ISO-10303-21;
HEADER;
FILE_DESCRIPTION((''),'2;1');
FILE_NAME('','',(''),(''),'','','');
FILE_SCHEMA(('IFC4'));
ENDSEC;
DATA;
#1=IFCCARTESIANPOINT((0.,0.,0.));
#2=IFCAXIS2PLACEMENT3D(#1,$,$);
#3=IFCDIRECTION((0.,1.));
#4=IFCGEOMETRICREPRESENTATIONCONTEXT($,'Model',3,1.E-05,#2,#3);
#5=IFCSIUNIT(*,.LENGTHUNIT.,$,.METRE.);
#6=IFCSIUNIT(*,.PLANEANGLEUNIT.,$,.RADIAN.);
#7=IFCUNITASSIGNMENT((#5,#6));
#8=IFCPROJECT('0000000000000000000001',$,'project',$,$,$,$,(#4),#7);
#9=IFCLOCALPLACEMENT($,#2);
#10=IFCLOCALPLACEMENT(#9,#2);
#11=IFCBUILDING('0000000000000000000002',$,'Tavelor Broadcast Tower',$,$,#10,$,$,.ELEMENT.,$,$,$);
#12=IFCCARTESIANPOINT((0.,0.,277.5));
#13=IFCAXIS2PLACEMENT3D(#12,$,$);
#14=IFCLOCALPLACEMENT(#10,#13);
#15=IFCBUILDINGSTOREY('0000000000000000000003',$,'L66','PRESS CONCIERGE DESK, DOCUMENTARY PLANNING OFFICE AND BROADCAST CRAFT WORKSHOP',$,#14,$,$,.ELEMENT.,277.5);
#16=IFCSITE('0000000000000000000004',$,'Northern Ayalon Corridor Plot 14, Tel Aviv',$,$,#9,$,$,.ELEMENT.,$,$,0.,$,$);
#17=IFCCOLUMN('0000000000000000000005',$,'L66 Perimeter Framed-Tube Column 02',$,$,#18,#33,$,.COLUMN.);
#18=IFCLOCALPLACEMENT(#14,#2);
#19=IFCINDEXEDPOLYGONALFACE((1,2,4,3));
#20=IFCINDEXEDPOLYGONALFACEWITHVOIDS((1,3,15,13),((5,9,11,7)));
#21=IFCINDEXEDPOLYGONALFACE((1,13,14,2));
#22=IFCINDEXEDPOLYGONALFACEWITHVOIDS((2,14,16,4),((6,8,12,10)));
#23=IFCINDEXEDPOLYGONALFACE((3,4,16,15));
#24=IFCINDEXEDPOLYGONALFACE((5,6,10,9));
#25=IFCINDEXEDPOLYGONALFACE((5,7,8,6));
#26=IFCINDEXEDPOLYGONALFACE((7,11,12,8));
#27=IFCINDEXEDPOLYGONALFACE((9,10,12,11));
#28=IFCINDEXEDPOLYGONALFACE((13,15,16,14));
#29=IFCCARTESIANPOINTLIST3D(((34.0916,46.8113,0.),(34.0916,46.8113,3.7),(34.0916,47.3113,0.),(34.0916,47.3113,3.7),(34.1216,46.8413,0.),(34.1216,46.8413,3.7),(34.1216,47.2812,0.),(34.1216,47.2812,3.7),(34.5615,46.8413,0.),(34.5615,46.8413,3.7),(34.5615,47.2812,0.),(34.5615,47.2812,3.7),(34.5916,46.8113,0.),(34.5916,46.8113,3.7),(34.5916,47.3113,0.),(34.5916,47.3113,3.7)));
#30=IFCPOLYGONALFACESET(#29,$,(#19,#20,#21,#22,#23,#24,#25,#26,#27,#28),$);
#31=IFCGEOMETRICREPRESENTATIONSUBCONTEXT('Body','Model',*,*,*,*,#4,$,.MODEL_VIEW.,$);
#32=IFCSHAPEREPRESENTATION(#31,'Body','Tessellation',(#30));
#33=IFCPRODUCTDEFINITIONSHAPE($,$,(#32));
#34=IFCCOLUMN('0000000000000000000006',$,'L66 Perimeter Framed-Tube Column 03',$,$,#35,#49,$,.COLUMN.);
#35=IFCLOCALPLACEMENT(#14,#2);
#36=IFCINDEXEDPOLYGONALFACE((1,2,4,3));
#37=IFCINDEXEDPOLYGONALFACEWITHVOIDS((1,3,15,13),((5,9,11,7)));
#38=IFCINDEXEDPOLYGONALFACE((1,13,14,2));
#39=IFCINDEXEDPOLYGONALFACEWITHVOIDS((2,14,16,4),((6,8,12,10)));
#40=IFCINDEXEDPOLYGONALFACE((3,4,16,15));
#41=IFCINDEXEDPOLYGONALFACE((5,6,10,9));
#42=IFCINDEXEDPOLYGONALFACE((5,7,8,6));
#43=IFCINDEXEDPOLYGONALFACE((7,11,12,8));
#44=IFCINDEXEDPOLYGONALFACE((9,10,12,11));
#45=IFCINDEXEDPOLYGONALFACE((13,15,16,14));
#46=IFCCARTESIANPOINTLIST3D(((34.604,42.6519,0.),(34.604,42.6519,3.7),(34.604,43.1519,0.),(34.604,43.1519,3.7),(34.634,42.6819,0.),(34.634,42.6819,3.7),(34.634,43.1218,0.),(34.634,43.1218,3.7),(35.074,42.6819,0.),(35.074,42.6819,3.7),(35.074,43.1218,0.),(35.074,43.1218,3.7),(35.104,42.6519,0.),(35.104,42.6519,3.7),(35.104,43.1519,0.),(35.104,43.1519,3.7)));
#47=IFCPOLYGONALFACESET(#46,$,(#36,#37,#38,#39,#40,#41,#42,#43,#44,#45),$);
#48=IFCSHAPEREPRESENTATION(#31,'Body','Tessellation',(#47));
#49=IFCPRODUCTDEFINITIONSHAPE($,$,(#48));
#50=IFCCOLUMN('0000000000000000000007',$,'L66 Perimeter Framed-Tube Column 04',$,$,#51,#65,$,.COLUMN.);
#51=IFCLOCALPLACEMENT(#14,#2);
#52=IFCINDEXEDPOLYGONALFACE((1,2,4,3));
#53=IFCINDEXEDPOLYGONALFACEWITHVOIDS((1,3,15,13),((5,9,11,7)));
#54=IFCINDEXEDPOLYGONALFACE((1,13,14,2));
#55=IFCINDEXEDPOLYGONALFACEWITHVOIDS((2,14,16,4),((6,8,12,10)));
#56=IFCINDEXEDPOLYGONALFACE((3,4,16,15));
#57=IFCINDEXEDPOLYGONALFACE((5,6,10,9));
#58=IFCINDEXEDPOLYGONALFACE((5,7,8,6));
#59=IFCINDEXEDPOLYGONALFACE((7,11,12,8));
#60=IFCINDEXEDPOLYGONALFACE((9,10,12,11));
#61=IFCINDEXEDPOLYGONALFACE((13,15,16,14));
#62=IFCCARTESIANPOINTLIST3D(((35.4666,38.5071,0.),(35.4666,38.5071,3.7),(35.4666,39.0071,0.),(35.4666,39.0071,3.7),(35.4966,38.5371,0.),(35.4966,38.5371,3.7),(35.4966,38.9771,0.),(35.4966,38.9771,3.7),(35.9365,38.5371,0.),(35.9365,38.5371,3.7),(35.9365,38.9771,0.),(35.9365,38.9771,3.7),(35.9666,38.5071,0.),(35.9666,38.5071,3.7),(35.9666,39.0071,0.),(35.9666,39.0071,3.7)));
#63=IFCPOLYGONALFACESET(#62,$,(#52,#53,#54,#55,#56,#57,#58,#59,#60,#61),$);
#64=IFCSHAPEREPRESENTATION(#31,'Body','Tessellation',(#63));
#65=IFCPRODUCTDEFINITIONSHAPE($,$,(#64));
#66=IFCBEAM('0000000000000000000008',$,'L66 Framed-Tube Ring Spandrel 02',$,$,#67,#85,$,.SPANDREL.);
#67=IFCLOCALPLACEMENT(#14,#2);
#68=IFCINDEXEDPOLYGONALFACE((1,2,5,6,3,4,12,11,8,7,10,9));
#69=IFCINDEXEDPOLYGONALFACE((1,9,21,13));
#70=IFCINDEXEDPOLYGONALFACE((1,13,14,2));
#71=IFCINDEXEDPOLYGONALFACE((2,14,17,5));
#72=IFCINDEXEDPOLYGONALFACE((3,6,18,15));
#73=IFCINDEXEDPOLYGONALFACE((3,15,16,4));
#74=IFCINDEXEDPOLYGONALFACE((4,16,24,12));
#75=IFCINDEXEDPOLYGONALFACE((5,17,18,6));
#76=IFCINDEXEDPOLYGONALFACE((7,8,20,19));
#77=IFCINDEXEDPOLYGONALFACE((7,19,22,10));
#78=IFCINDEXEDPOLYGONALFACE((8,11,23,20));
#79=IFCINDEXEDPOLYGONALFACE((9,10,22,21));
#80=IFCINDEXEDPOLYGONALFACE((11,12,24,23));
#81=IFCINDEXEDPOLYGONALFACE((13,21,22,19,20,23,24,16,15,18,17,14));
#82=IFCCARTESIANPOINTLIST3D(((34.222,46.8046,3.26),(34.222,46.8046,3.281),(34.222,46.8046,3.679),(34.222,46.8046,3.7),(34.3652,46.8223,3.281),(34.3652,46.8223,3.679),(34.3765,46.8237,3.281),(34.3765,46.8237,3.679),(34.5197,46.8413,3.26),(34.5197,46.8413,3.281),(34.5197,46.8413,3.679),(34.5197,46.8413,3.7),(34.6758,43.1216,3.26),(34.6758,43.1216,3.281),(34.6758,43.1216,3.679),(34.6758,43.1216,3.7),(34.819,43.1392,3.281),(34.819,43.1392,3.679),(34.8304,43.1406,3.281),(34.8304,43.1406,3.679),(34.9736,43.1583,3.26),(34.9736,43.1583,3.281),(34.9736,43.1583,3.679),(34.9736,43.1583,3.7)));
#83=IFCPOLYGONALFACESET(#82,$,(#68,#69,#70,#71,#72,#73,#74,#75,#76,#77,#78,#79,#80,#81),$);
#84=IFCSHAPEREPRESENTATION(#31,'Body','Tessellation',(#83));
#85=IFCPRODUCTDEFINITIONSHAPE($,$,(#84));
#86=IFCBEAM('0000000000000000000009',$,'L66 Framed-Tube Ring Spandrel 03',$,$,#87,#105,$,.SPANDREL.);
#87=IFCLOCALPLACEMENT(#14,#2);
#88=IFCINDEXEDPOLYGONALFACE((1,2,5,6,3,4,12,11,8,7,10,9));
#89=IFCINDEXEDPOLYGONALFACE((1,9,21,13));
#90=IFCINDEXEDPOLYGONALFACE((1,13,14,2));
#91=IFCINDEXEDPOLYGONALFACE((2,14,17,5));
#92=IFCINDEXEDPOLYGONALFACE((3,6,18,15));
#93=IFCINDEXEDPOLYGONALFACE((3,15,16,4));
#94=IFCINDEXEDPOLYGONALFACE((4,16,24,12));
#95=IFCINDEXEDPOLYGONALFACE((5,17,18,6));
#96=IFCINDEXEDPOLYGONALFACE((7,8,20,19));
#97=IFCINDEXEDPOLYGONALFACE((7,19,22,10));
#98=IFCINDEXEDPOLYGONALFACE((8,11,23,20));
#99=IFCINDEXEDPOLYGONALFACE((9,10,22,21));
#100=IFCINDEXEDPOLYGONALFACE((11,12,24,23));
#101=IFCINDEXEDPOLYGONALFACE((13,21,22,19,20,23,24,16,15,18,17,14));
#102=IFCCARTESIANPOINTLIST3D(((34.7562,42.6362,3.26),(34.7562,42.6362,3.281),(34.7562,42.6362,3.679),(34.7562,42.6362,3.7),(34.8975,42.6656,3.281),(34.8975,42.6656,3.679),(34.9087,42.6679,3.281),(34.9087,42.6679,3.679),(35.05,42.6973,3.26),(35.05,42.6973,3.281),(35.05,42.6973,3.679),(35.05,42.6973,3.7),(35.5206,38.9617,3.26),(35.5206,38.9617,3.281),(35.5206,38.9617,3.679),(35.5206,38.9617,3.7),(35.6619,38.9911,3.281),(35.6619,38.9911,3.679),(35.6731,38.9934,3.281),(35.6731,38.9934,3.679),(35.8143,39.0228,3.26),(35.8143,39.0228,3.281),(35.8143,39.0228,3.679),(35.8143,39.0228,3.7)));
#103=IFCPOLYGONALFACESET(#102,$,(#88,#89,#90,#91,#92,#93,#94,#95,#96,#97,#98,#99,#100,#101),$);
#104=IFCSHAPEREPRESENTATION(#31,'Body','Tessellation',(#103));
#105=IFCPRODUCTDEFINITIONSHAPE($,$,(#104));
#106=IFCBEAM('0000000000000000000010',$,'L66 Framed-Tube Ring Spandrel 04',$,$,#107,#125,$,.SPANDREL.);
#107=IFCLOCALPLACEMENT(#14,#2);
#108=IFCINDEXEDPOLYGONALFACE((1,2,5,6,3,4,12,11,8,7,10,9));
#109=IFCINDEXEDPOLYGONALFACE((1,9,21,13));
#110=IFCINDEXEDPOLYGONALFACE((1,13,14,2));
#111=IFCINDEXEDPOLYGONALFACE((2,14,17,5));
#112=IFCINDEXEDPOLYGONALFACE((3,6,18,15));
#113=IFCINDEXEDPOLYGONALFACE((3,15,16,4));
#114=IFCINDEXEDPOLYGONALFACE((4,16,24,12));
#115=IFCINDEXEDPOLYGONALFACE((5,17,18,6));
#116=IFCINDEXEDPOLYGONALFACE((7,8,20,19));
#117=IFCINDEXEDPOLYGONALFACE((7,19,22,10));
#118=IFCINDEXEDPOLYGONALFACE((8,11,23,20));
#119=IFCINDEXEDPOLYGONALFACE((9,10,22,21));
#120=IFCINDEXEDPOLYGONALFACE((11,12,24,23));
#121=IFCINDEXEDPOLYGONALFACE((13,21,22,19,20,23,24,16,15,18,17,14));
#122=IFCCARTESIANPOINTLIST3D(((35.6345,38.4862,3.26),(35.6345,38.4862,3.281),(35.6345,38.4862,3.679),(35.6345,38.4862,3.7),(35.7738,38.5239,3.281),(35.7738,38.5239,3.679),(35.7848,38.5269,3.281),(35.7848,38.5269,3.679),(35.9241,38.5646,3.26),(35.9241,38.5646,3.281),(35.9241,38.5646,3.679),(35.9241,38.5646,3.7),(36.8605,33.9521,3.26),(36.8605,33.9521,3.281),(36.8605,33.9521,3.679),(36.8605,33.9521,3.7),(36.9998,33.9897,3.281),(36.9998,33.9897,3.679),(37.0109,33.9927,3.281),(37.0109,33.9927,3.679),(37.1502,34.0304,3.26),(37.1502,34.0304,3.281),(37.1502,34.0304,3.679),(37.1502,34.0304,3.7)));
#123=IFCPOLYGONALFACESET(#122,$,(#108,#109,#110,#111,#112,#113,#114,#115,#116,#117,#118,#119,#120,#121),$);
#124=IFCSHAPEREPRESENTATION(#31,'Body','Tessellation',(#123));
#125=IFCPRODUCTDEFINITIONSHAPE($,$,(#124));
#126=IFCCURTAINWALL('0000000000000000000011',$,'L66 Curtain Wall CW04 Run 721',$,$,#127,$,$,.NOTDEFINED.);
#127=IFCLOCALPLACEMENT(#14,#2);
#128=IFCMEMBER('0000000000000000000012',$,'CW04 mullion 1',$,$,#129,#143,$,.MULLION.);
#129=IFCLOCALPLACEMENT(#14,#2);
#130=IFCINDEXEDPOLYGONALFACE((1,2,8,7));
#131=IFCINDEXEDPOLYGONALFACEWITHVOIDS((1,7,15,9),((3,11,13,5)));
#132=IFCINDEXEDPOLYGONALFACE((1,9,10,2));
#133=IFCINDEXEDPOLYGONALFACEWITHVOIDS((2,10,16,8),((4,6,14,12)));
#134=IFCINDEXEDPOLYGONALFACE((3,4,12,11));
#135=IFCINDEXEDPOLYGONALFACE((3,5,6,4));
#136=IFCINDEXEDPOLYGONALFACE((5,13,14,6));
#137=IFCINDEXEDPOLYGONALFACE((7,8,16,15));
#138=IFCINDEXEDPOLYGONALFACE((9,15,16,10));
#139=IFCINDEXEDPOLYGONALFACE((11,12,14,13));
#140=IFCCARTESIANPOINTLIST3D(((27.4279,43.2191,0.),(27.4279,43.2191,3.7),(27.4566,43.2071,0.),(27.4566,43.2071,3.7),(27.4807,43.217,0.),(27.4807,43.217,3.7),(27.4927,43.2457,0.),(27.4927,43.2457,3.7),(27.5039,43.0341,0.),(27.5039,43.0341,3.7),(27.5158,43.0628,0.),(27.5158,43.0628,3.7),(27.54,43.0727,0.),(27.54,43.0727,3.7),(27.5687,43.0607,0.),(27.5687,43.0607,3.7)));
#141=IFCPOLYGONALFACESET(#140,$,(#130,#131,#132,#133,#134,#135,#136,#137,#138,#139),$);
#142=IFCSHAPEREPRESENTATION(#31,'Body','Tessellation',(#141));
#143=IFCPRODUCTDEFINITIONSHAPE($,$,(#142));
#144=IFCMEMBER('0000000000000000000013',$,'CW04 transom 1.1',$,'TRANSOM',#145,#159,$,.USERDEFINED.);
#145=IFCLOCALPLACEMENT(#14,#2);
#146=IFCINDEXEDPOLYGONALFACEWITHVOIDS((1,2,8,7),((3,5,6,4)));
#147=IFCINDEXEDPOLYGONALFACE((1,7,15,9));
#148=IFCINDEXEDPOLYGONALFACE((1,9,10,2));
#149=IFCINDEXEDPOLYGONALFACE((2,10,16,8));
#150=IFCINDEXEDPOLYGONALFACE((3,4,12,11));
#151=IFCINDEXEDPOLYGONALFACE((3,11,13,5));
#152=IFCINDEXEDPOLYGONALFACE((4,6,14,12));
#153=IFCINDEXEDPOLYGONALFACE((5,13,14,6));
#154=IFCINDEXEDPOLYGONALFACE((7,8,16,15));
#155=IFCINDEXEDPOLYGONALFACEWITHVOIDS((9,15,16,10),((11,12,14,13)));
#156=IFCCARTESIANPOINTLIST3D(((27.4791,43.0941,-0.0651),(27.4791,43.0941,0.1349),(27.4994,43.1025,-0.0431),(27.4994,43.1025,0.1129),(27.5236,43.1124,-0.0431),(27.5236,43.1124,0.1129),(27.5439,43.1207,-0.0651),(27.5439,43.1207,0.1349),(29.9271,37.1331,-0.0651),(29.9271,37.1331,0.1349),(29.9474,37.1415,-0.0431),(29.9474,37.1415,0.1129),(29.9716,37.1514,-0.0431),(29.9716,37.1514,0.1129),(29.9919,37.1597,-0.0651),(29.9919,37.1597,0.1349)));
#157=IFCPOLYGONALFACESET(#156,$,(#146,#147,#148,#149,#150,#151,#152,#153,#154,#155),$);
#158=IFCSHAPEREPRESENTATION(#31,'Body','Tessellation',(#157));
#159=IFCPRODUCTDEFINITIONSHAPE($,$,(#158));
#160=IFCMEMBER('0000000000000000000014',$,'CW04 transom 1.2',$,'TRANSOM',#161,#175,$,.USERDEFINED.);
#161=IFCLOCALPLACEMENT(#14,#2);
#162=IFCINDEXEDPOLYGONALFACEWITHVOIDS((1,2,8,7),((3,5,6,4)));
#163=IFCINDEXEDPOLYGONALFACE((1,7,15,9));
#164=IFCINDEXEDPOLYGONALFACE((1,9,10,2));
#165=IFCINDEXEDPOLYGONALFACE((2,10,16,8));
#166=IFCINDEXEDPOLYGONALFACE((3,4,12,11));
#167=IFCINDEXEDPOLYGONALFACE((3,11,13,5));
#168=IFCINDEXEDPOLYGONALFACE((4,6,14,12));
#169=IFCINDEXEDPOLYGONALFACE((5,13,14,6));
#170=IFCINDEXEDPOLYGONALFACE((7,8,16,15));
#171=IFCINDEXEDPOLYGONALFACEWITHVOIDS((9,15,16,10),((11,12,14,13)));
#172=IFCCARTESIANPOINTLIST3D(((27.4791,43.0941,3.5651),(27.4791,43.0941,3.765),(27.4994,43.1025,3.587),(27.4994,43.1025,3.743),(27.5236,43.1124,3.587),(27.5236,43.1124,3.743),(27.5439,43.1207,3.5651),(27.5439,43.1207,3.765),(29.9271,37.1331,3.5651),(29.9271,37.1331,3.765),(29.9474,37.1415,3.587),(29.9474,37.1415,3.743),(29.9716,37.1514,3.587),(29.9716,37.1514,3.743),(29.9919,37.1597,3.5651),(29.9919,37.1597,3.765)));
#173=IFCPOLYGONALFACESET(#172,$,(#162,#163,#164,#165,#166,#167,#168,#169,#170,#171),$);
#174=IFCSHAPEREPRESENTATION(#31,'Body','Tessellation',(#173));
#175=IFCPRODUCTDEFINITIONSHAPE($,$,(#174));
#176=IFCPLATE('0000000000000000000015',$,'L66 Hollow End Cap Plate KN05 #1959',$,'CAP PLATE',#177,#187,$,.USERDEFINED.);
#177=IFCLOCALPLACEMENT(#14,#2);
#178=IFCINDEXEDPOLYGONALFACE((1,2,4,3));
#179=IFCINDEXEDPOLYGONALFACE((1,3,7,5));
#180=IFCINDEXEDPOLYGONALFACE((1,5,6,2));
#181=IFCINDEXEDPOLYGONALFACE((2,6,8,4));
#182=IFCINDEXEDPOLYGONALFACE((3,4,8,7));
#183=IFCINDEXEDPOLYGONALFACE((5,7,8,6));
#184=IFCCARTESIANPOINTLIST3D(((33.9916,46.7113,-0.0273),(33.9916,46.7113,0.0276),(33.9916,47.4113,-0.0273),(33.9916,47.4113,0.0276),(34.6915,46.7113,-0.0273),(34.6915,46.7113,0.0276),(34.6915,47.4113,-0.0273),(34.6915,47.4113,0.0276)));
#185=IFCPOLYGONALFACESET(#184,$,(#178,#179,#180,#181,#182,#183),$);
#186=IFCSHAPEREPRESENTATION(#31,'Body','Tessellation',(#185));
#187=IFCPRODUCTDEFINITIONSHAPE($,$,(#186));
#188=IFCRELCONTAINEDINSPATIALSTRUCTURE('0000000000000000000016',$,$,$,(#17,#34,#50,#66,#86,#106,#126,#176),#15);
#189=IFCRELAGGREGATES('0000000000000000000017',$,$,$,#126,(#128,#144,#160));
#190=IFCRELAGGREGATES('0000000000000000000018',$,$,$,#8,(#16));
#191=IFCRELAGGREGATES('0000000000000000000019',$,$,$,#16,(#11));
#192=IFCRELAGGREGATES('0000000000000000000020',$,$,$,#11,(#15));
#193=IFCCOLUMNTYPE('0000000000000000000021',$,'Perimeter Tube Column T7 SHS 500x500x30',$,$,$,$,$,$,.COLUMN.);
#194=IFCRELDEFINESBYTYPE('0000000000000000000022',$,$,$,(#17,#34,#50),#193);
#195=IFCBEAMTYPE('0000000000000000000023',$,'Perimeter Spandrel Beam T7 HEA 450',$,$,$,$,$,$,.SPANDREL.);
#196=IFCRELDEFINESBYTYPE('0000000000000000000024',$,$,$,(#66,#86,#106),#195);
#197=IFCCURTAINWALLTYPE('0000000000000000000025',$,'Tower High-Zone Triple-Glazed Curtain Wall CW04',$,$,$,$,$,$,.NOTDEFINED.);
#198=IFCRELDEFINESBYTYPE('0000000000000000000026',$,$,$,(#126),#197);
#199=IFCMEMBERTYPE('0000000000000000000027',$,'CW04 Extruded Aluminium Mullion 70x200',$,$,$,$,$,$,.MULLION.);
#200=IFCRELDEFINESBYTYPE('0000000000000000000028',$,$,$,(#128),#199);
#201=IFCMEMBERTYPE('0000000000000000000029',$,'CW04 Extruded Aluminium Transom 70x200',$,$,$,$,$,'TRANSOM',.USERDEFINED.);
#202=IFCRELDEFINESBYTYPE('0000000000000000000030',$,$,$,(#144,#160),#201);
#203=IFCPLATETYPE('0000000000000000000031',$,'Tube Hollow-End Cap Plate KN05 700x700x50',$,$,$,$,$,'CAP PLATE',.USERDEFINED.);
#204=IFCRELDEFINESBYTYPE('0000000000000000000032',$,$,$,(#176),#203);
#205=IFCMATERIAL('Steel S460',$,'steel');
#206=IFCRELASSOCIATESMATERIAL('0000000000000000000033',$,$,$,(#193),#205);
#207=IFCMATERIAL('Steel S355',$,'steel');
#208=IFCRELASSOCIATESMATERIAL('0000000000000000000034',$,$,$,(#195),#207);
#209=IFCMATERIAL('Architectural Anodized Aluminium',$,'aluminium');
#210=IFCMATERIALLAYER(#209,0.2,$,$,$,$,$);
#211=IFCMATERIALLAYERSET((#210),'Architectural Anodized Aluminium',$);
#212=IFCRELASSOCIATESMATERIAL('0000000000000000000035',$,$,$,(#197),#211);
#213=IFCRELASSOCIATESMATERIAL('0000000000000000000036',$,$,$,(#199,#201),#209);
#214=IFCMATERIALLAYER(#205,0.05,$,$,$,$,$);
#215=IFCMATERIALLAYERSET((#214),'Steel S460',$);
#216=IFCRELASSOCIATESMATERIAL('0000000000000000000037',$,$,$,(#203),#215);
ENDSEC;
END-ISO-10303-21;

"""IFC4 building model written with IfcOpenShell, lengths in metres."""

from ifc_helpers import new_model, si_unit, direction, frame, origin, origin_2d, place, context, subcontext, project, spatial, rectangle, hollow_rectangle, i_section, extrude, source, transform, mapped, material, layer, layer_set, material_profile, profile_set, type_object, type_shapes, element, aggregate, save


model = new_model("IFC4")

# Units and contexts
model_context = context("Model", 3, precision=1e-05, world=origin(), true_north=direction((0.0, 1.0)))
body_context = subcontext(model_context, "Body", "Model", "MODEL_VIEW")
ifc_project = project(units=[si_unit("LENGTHUNIT", "METRE"), si_unit("PLANEANGLEUNIT", "RADIAN")], contexts=[model_context])

# Site, building, storey
site_placement = place(None, origin())
site = spatial("IfcSite", under=ifc_project, at=site_placement, Name="Northern Ayalon Corridor Plot 14, Tel Aviv", CompositionType="ELEMENT", RefElevation=0.0)
building_placement = place(site_placement, origin())
building = spatial("IfcBuilding", under=site, at=building_placement, Name="Tavelor Broadcast Tower", CompositionType="ELEMENT")
storey_placement = place(building_placement, frame((0.0, 0.0, 277.5)))
storey = spatial("IfcBuildingStorey", under=building, at=storey_placement, Name="L66", Description="PRESS CONCIERGE DESK, DOCUMENTARY PLANNING OFFICE AND BROADCAST CRAFT WORKSHOP", CompositionType="ELEMENT", Elevation=277.5)

# Columns
ifc_material_1 = material(Name="Steel S460", Category="steel")
ifc_material_profile_1 = material_profile(ifc_material_1, hollow_rectangle(XDim=0.5, YDim=0.5, WallThickness=0.03, at=origin_2d()), Name="SHS 500x500x30")
ifc_profile_set_1 = profile_set([ifc_material_profile_1], Name="Steel S460")
column_type = type_object("IfcColumnType", Name="Perimeter Tube Column T7 SHS 500x500x30", PredefinedType="COLUMN", material=ifc_profile_set_1)
for number, where, z_axis, x_axis, name in (
    (1, (34.3416, 47.0613, 0.0), (0.0, 0.0, 1.0), (1.0, 0.0, 0.0), "L66 Perimeter Framed-Tube Column 02"),
    (2, (34.854, 42.9019, 0.0), (0.0, 0.0, 1.0), (1.0, 0.0, 0.0), "L66 Perimeter Framed-Tube Column 03"),
    (3, (35.7166, 38.7571, 0.0), (0.0, 0.0, 1.0), (1.0, 0.0, 0.0), "L66 Perimeter Framed-Tube Column 04"),
):
    element("IfcColumn", number, at=place(storey_placement, frame(where, z_axis=z_axis, x_axis=x_axis)), inside=storey, type_object=column_type, Name=name, PredefinedType="COLUMN", context=body_context, shape_type="SweptSolid", body=[
        extrude(hollow_rectangle(XDim=0.5, YDim=0.5, WallThickness=0.03, at=origin_2d()), origin(), (0.0, 0.0, 1.0), 3.7),
    ])

# Beams
ifc_material_2 = material(Name="Steel S355", Category="steel")
ifc_material_profile_2 = material_profile(ifc_material_2, i_section(OverallWidth=0.3, OverallDepth=0.4399, WebThickness=0.0115, FlangeThickness=0.021, at=origin_2d()), Name="HEA 450")
ifc_profile_set_2 = profile_set([ifc_material_profile_2], Name="Steel S355")
beam_type = type_object("IfcBeamType", Name="Perimeter Spandrel Beam T7 HEA 450", PredefinedType="SPANDREL", material=ifc_profile_set_2)
beam_1_placement = place(storey_placement, frame((34.3708, 46.823, 3.48), z_axis=(0.122302, -0.992493, 0.0), x_axis=(0.992493, 0.122302, 0.0)))
element("IfcBeam", 4, at=beam_1_placement, inside=storey, type_object=beam_type, Name="L66 Framed-Tube Ring Spandrel 02", PredefinedType="SPANDREL", context=body_context, shape_type="SweptSolid", body=[
    extrude(i_section(OverallWidth=0.3, OverallDepth=0.4399, WebThickness=0.0115, FlangeThickness=0.021, at=origin_2d()), origin(), (0.0, 0.0, 1.0), 3.7109),
])
beam_2_placement = place(storey_placement, frame((34.9031, 42.6667, 3.48), z_axis=(0.203666, -0.97904, 0.0), x_axis=(0.97904, 0.203666, 0.0)))
element("IfcBeam", 5, at=beam_2_placement, inside=storey, type_object=beam_type, Name="L66 Framed-Tube Ring Spandrel 03", PredefinedType="SPANDREL", context=body_context, shape_type="SweptSolid", body=[
    extrude(i_section(OverallWidth=0.3, OverallDepth=0.4399, WebThickness=0.0115, FlangeThickness=0.021, at=origin_2d()), origin(), (0.0, 0.0, 1.0), 3.7532),
])
beam_3_placement = place(storey_placement, frame((35.7793, 38.5254, 3.48), z_axis=(0.261032, -0.96533, 0.0), x_axis=(0.96533, 0.261032, 0.0)))
element("IfcBeam", 6, at=beam_3_placement, inside=storey, type_object=beam_type, Name="L66 Framed-Tube Ring Spandrel 04", PredefinedType="SPANDREL", context=body_context, shape_type="SweptSolid", body=[
    extrude(i_section(OverallWidth=0.3, OverallDepth=0.4399, WebThickness=0.0115, FlangeThickness=0.021, at=origin_2d()), origin(), (0.0, 0.0, 1.0), 4.697),
])

# Curtain wall, members
ifc_material_3 = material(Name="Architectural Anodized Aluminium", Category="aluminium")
ifc_layer_1 = layer(ifc_material_3, 0.2)
ifc_layer_set_1 = layer_set([ifc_layer_1], Name="Architectural Anodized Aluminium")
curtain_wall_type = type_object("IfcCurtainWallType", Name="Tower High-Zone Triple-Glazed Curtain Wall CW04", PredefinedType="NOTDEFINED", material=ifc_layer_set_1)
curtain_wall_placement = place(storey_placement, origin())
curtain_wall = element("IfcCurtainWall", 7, at=curtain_wall_placement, inside=storey, type_object=curtain_wall_type, Name="L66 Curtain Wall CW04 Run 721", PredefinedType="NOTDEFINED")
ifc_material_profile_3 = material_profile(ifc_material_3, hollow_rectangle(XDim=0.0701, YDim=0.2, WallThickness=0.022, at=origin_2d()), Name="RHS 70x200x22")
ifc_profile_set_3 = profile_set([ifc_material_profile_3], Name="Architectural Anodized Aluminium")
member_type_1 = type_object("IfcMemberType", Name="CW04 Extruded Aluminium Mullion 70x200", PredefinedType="MULLION", material=ifc_profile_set_3)
shared_shape_1 = source(origin(), body_context, "Body", "SweptSolid", [
    extrude(hollow_rectangle(XDim=0.0701, YDim=0.2, WallThickness=0.022, at=origin_2d()), origin(), (0.0, 0.0, 1.0), 3.7),
])
type_shapes(member_type_1, [shared_shape_1])
member_1_placement = place(storey_placement, frame((27.4983, 43.1399, 0.0), z_axis=(0.0, 0.0, 1.0), x_axis=(0.925042, 0.379865, 0.0)))
member_1 = element("IfcMember", 8, at=member_1_placement, type_object=member_type_1, Name="CW04 mullion 1", PredefinedType="MULLION", context=body_context, shape_type="MappedRepresentation", body=[
    mapped(shared_shape_1, transform((0.0, 0.0, 0.0), scale=1.0)),
])
ifc_material_profile_4 = material_profile(ifc_material_3, hollow_rectangle(XDim=0.0701, YDim=0.2, WallThickness=0.022, at=origin_2d()), Name="RHS 70x200x22")
ifc_profile_set_4 = profile_set([ifc_material_profile_4], Name="Architectural Anodized Aluminium")
member_type_2 = type_object("IfcMemberType", Name="CW04 Extruded Aluminium Transom 70x200", ElementType="TRANSOM", PredefinedType="USERDEFINED", material=ifc_profile_set_4)
shared_shape_2 = source(origin(), body_context, "Body", "SweptSolid", [
    extrude(hollow_rectangle(XDim=0.0701, YDim=0.2, WallThickness=0.022, at=origin_2d()), origin(), (0.0, 0.0, 1.0), 6.4441),
])
type_shapes(member_type_2, [shared_shape_2])
member_2_placement = place(storey_placement, frame((27.5115, 43.1074, 0.0349), z_axis=(0.379886, -0.925033, 0.0), x_axis=(0.925033, 0.379886, 0.0)))
member_2 = element("IfcMember", 9, at=member_2_placement, type_object=member_type_2, Name="CW04 transom 1.1", ObjectType="TRANSOM", PredefinedType="USERDEFINED", context=body_context, shape_type="MappedRepresentation", body=[
    mapped(shared_shape_2, transform((0.0, 0.0, 0.0), scale=1.0)),
])
member_3_placement = place(storey_placement, frame((27.5115, 43.1074, 3.665), z_axis=(0.379886, -0.925033, 0.0), x_axis=(0.925033, 0.379886, 0.0)))
member_3 = element("IfcMember", 10, at=member_3_placement, type_object=member_type_2, Name="CW04 transom 1.2", ObjectType="TRANSOM", PredefinedType="USERDEFINED", context=body_context, shape_type="MappedRepresentation", body=[
    mapped(shared_shape_2, transform((0.0, 0.0, 0.0), scale=1.0)),
])

# Plate
ifc_layer_2 = layer(ifc_material_1, 0.05)
ifc_layer_set_2 = layer_set([ifc_layer_2], Name="Steel S460")
plate_type_1 = type_object("IfcPlateType", Name="Tube Hollow-End Cap Plate KN05 700x700x50", ElementType="CAP PLATE", PredefinedType="USERDEFINED", material=ifc_layer_set_2)
shared_shape_3 = source(origin(), body_context, "Body", "SweptSolid", [
    extrude(rectangle(XDim=0.7, YDim=0.7, at=origin_2d()), origin(), (0.0, 0.0, 1.0), 0.0549),
])
type_shapes(plate_type_1, [shared_shape_3])
for number, where, z_axis, x_axis, name in (
    (11, (34.3416, 47.0613, -0.0273), (0.0, 0.0, 1.0), (1.0, 0.0, 0.0), "L66 Hollow End Cap Plate KN05 #1959"),
):
    element("IfcPlate", number, at=place(storey_placement, frame(where, z_axis=z_axis, x_axis=x_axis)), inside=storey, type_object=plate_type_1, Name=name, ObjectType="CAP PLATE", PredefinedType="USERDEFINED", context=body_context, shape_type="MappedRepresentation", body=[
        mapped(shared_shape_3, transform((0.0, 0.0, 0.0), scale=1.0)),
    ])

aggregate(curtain_wall, [member_1, member_2, member_3])

save(model, "model.ifc")
